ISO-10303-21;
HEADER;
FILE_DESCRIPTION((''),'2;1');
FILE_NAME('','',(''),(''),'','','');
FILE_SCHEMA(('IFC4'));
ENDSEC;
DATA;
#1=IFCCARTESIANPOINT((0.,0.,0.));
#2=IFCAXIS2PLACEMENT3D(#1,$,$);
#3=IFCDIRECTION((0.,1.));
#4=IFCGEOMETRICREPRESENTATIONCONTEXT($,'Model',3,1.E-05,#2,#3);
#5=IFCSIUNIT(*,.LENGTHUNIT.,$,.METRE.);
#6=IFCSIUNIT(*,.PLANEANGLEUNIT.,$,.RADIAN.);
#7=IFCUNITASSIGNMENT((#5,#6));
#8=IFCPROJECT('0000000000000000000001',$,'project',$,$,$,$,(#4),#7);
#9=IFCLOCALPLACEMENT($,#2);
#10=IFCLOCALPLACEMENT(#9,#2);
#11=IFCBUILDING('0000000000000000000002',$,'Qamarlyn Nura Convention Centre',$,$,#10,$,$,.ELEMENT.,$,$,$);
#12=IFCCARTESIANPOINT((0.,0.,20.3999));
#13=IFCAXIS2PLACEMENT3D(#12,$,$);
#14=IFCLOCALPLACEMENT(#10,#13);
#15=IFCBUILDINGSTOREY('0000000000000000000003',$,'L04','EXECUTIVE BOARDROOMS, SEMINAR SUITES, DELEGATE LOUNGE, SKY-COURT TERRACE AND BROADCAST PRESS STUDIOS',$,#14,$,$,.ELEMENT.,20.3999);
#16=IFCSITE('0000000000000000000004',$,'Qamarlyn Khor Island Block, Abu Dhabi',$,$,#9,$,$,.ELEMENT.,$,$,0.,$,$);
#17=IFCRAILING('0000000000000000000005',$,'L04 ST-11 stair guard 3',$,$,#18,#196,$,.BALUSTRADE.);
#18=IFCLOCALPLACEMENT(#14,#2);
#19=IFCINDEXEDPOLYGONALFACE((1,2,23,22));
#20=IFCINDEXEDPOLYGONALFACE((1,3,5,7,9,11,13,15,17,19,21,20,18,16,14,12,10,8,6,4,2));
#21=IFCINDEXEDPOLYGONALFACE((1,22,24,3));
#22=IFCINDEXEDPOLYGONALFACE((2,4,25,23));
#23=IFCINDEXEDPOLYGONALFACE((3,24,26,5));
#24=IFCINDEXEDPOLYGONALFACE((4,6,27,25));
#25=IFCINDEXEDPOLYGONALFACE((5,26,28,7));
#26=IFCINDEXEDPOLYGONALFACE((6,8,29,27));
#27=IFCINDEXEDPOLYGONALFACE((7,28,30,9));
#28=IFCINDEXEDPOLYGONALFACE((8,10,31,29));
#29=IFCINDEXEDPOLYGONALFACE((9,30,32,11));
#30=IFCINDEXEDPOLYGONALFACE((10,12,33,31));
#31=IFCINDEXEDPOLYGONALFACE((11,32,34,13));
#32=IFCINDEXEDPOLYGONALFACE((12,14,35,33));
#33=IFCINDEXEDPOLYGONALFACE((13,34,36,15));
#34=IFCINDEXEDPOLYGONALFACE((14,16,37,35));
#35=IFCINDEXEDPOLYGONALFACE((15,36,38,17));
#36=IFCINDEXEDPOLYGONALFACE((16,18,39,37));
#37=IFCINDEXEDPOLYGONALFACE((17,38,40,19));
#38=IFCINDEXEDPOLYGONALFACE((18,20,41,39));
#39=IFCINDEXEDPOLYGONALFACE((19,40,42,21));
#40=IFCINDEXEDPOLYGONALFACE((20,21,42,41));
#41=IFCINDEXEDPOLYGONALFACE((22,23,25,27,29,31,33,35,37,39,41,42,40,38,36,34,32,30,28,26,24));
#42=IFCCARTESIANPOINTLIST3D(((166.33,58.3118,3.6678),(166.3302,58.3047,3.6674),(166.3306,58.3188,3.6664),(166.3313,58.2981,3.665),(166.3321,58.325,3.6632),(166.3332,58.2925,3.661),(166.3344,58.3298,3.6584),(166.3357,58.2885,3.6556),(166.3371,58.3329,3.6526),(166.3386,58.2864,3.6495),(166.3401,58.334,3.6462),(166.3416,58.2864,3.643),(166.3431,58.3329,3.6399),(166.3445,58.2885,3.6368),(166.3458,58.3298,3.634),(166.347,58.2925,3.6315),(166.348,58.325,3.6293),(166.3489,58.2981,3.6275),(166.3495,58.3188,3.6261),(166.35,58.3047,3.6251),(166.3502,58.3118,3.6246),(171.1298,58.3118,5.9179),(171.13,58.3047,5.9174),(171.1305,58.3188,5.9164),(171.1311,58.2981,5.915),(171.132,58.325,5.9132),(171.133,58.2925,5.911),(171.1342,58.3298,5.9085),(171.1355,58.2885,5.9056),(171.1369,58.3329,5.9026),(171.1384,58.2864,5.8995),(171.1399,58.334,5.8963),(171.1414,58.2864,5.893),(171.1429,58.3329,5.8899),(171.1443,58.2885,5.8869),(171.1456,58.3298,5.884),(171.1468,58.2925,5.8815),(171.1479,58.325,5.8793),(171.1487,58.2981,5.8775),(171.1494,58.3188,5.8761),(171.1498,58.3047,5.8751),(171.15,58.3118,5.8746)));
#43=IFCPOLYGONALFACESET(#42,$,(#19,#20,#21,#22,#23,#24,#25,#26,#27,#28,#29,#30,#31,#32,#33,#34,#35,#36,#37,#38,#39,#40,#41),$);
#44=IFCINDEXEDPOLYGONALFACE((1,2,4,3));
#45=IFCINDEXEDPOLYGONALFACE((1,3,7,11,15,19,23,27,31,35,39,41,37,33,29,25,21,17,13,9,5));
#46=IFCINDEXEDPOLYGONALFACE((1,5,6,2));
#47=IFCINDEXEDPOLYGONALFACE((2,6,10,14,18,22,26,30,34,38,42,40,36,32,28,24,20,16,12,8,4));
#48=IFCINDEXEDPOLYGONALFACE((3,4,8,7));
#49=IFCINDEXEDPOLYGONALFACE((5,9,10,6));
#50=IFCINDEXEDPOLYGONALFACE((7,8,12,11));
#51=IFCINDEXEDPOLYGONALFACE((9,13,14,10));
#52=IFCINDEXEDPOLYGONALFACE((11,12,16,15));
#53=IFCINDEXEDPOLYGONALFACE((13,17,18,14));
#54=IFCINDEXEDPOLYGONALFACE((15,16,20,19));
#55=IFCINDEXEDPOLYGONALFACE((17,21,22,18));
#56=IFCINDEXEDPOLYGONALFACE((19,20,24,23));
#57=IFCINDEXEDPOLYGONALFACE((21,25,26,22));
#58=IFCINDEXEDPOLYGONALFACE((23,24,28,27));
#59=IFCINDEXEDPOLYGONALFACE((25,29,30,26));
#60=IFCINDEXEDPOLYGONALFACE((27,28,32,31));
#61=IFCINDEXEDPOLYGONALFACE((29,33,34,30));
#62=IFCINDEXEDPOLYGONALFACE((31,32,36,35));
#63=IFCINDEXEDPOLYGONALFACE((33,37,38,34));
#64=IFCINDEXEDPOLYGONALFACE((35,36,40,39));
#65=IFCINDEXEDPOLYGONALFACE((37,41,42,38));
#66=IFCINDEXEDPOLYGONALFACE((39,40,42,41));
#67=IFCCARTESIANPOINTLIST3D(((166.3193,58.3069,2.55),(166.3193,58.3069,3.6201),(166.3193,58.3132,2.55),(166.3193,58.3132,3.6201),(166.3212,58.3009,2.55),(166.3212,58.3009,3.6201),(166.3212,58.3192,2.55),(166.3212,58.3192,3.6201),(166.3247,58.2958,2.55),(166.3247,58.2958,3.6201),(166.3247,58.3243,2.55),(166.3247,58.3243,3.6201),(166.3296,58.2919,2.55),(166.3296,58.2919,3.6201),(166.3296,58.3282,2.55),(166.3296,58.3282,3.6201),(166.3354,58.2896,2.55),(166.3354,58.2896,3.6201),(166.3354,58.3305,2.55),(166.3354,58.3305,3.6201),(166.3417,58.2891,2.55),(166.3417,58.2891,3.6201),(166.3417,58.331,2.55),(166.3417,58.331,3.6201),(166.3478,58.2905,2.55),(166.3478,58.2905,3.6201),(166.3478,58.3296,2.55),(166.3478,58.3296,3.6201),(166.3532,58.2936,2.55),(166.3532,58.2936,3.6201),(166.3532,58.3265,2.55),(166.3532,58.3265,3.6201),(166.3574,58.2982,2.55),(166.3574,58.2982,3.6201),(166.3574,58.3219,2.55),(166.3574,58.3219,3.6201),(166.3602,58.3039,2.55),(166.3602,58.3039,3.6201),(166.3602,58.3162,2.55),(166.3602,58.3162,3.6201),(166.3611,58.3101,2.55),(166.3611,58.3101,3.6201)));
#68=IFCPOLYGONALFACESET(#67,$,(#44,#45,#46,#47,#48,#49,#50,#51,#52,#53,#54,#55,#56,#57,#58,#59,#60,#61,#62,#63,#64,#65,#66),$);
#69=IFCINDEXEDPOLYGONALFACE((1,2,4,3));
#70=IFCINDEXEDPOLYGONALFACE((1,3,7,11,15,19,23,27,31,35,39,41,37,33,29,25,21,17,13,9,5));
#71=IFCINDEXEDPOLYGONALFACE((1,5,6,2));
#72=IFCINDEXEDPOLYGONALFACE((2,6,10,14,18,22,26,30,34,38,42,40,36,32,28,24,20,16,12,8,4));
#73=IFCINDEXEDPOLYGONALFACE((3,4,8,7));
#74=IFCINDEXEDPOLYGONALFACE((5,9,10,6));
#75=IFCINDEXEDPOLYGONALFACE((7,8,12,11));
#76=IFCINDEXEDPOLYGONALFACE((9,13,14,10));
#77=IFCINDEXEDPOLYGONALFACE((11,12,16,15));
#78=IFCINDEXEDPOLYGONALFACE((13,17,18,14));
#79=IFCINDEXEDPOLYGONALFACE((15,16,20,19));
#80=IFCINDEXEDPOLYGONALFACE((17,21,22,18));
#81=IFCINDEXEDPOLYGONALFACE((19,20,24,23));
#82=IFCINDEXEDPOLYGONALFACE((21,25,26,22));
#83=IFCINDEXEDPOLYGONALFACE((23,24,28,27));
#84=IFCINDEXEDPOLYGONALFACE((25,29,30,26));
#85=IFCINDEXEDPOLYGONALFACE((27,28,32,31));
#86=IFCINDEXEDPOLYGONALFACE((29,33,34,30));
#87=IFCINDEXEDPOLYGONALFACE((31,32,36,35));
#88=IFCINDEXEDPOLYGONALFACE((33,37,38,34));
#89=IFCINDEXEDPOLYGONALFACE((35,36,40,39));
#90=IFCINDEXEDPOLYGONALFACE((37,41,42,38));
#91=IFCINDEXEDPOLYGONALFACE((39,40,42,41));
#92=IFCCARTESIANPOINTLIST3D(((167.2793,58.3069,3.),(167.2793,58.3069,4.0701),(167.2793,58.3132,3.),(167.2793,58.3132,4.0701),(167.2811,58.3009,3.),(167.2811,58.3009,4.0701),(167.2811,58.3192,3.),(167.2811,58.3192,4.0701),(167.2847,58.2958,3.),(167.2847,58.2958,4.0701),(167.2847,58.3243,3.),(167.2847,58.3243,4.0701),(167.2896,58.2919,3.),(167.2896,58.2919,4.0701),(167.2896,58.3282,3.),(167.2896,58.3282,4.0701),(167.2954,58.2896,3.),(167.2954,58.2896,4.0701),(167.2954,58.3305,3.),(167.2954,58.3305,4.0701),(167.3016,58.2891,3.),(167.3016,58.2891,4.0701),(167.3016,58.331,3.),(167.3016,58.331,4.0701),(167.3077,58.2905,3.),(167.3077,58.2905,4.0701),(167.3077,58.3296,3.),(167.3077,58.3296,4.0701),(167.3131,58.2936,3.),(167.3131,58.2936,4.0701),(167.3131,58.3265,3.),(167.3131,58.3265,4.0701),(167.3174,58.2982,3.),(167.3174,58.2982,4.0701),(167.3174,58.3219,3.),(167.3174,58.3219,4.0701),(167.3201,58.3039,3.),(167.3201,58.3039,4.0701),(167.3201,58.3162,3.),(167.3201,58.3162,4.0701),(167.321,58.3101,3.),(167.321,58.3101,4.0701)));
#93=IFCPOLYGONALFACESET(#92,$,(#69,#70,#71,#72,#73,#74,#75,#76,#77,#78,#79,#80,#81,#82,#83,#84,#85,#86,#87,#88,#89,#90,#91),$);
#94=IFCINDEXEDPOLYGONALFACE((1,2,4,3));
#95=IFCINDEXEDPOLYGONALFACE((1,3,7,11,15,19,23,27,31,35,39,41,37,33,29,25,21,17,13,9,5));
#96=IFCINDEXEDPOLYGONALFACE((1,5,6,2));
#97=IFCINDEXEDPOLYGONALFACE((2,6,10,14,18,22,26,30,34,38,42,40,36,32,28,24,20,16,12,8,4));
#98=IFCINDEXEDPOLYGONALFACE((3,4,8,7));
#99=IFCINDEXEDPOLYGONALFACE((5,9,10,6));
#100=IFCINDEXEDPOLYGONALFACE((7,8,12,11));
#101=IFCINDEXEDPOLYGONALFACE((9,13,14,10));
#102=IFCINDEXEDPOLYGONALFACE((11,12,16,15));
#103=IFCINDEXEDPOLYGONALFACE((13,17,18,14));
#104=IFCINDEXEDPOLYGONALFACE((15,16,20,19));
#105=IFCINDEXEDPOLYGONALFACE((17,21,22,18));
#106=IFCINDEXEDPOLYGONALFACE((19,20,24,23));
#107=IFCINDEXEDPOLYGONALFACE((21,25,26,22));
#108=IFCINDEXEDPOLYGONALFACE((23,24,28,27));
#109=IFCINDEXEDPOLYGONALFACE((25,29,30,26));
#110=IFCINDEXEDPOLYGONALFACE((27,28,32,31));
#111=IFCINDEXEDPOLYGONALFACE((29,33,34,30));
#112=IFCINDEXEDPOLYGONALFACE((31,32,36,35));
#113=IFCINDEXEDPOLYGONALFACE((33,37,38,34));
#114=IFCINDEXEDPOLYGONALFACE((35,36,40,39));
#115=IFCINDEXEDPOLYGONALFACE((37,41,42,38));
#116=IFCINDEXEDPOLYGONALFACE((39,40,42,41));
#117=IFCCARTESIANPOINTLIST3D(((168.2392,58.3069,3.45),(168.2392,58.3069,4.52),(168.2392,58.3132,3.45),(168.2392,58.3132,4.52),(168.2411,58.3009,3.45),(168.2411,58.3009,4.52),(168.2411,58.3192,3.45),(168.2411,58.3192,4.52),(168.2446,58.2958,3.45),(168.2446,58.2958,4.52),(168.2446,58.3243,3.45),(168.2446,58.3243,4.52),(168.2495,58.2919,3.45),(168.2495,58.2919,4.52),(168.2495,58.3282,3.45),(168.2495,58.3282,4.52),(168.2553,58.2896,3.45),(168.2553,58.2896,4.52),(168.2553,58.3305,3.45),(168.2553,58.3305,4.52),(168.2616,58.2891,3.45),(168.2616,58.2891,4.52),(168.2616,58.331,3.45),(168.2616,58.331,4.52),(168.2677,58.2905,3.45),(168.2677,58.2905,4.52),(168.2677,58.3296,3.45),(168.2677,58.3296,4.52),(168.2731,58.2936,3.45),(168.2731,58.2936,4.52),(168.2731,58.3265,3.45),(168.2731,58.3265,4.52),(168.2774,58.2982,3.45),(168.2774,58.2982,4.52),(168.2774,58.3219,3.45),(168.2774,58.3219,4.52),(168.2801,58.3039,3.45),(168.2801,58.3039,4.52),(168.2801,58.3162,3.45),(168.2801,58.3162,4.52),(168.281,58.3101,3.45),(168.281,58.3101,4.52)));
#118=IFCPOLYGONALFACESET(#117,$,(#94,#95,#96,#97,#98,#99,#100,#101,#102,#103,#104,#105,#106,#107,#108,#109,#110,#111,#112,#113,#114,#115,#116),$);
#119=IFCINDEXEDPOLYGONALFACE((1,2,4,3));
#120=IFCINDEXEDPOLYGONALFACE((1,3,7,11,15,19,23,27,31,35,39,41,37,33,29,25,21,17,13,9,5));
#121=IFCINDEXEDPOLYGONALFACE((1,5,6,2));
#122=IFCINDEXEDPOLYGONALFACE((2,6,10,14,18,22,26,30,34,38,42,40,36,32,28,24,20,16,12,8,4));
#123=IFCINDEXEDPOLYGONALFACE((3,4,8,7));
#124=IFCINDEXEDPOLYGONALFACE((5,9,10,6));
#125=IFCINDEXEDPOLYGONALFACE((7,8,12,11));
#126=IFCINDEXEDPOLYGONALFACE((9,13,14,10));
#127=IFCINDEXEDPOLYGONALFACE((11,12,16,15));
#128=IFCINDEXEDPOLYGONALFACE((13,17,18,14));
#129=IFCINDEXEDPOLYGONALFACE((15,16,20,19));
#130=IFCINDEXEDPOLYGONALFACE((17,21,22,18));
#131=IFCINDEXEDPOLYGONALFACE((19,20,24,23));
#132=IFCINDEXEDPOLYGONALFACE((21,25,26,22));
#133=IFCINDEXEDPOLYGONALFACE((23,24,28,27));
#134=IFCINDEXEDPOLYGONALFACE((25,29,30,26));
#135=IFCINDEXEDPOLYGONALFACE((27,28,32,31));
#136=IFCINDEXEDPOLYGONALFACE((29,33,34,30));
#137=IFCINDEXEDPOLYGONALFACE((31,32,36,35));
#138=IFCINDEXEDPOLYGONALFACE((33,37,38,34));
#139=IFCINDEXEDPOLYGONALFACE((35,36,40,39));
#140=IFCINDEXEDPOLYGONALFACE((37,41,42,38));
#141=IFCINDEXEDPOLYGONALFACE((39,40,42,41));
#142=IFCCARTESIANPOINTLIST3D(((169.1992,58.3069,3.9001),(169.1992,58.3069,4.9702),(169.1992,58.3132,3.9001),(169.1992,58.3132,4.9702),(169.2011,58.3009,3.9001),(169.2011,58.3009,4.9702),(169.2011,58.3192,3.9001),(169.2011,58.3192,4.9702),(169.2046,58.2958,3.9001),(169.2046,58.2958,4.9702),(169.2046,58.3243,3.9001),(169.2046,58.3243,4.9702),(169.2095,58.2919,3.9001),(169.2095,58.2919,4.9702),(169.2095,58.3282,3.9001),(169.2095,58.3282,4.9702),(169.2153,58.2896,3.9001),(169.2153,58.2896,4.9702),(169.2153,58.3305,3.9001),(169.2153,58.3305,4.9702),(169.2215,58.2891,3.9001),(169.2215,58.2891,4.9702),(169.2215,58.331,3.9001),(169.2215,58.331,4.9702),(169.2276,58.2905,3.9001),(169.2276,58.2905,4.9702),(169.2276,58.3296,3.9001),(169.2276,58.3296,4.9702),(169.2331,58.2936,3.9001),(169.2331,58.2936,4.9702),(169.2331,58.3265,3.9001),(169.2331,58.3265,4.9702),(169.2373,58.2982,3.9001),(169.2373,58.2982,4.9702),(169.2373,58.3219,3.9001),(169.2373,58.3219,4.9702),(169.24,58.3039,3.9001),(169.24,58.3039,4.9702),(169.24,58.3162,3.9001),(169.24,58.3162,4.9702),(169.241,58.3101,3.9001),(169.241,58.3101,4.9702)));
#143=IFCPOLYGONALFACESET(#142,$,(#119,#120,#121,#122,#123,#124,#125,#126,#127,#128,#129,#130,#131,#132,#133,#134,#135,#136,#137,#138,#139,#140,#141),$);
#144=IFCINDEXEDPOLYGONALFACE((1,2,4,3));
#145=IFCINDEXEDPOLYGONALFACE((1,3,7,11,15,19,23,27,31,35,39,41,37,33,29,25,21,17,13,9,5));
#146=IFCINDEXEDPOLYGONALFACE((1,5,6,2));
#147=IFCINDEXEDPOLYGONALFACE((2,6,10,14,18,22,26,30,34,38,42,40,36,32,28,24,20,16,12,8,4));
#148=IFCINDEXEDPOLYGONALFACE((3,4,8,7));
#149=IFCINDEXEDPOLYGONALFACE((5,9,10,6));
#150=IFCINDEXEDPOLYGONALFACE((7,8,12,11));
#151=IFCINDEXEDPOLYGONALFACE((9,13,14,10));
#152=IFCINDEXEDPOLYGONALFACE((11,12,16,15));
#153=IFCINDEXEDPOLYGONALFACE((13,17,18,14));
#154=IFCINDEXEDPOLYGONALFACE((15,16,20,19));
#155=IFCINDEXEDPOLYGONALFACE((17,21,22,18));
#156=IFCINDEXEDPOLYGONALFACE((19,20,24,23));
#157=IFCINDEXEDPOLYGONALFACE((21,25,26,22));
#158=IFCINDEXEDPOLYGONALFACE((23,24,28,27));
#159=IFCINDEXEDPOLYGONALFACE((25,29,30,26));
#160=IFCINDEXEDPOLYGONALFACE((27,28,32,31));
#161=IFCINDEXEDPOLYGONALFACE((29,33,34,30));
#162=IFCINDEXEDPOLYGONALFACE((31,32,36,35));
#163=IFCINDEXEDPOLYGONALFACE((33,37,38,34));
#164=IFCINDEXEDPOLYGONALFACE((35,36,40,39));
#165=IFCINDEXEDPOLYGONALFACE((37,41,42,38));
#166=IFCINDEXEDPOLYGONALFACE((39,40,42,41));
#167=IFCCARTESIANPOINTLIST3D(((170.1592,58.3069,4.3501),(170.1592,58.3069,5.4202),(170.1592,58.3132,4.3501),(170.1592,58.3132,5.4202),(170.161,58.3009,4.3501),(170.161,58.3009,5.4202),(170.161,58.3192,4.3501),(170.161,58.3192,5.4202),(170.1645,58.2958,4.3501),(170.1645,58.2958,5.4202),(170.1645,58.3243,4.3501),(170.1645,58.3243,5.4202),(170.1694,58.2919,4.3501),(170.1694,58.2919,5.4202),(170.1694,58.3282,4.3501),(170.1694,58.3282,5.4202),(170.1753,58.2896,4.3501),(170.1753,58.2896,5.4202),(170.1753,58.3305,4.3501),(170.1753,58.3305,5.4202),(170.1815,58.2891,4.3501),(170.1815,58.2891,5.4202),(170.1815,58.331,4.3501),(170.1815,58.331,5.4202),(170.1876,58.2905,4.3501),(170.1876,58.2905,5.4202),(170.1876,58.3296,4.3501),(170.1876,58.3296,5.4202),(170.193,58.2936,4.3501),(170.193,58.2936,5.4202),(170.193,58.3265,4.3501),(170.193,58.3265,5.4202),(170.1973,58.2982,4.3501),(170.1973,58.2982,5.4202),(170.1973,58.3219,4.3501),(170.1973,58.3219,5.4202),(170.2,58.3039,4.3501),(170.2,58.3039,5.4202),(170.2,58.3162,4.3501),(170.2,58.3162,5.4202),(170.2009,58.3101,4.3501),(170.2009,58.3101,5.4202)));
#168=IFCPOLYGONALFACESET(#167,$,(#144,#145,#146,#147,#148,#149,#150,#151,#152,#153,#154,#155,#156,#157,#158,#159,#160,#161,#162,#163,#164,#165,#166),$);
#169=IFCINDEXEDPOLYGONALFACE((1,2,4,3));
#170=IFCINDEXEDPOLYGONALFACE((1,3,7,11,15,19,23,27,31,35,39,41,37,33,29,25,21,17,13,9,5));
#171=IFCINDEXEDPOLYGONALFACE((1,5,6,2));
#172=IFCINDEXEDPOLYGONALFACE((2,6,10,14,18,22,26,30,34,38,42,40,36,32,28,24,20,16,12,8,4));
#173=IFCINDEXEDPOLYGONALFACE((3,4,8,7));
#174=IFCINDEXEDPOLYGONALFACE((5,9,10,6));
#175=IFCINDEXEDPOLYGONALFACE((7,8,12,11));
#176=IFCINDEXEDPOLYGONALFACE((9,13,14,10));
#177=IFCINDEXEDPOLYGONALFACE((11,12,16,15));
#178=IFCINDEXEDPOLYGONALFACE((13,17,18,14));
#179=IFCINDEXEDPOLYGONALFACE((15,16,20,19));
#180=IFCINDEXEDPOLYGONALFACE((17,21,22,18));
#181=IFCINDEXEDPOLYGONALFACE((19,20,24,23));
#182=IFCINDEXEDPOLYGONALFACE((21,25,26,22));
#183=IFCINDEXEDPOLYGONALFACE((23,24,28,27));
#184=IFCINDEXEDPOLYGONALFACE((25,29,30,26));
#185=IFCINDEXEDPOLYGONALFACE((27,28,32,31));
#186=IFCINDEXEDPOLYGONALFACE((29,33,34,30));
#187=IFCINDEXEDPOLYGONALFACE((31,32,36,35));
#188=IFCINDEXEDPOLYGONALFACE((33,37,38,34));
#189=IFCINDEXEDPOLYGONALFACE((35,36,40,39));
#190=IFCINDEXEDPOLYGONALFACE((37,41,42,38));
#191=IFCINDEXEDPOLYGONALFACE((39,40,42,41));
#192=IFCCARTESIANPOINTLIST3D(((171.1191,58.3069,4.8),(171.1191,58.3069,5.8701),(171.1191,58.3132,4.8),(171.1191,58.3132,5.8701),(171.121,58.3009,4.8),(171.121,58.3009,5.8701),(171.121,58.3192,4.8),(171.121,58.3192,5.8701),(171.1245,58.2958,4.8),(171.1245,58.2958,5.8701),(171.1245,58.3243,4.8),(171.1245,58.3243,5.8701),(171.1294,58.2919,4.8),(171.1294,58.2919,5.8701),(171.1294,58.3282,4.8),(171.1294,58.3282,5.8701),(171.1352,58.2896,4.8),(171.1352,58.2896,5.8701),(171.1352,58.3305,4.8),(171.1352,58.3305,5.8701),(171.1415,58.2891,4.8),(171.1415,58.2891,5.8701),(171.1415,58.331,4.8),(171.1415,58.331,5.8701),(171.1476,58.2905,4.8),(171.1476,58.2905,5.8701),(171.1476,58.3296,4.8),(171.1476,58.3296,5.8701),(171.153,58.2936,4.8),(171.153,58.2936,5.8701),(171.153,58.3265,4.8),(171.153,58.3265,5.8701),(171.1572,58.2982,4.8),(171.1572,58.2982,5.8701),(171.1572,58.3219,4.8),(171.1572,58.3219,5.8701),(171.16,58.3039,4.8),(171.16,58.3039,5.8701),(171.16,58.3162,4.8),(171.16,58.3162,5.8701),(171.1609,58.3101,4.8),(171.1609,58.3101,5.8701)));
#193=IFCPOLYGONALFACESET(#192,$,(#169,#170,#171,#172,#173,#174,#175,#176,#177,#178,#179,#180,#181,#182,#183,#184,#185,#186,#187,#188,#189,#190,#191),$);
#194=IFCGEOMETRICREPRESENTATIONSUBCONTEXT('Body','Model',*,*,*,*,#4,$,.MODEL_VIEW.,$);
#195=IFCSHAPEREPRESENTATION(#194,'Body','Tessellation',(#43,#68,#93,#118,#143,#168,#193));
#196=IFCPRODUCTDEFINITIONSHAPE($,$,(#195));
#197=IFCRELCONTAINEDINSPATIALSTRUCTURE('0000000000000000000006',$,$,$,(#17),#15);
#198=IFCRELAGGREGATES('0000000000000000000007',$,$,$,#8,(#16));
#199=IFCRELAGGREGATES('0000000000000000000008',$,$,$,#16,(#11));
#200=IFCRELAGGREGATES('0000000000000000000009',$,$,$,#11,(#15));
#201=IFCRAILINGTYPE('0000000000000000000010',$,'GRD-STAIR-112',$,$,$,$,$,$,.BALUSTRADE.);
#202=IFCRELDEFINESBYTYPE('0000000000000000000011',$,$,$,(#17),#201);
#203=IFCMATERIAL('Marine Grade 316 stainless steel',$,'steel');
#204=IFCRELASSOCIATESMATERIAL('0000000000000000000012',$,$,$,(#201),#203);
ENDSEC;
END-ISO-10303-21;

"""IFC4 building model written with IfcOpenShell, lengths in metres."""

from ifc_helpers import new_model, si_unit, direction, frame, origin, origin_2d, place, context, subcontext, project, spatial, circle, extrude, material, type_object, element, save


model = new_model("IFC4")

# Units and contexts
model_context = context("Model", 3, precision=1e-05, world=origin(), true_north=direction((0.0, 1.0)))
body_context = subcontext(model_context, "Body", "Model", "MODEL_VIEW")
ifc_project = project(units=[si_unit("LENGTHUNIT", "METRE"), si_unit("PLANEANGLEUNIT", "RADIAN")], contexts=[model_context])

# Site, building, storey
site_placement = place(None, origin())
site = spatial("IfcSite", under=ifc_project, at=site_placement, Name="Qamarlyn Khor Island Block, Abu Dhabi", CompositionType="ELEMENT", RefElevation=0.0)
building_placement = place(site_placement, origin())
building = spatial("IfcBuilding", under=site, at=building_placement, Name="Qamarlyn Nura Convention Centre", CompositionType="ELEMENT")
storey_placement = place(building_placement, frame((0.0, 0.0, 20.3999)))
storey = spatial("IfcBuildingStorey", under=building, at=storey_placement, Name="L04", Description="EXECUTIVE BOARDROOMS, SEMINAR SUITES, DELEGATE LOUNGE, SKY-COURT TERRACE AND BROADCAST PRESS STUDIOS", CompositionType="ELEMENT", Elevation=20.3999)

# Railing
ifc_material_1 = material(Name="Marine Grade 316 stainless steel", Category="steel")
railing_type_1 = type_object("IfcRailingType", Name="GRD-STAIR-112", PredefinedType="BALUSTRADE", material=ifc_material_1)
railing_1_placement = place(storey_placement, frame((166.3401, 58.3101, 2.55)))
element("IfcRailing", 1, at=railing_1_placement, inside=storey, type_object=railing_type_1, Name="L04 ST-11 stair guard 3", PredefinedType="BALUSTRADE", context=body_context, shape_type="SweptSolid", body=[
    extrude(circle(Radius=0.0239, at=origin_2d()), frame((0.0, 0.0, 1.0962), z_axis=(0.905452, 0.0, 0.424448), x_axis=(0.0, 1.0, 0.0)), (0.0, 0.0, 1.0), 5.301),
    extrude(circle(Radius=0.021, at=origin_2d()), origin(), (0.0, 0.0, 1.0), 1.0701),
    extrude(circle(Radius=0.021, at=origin_2d()), frame((0.96, 0.0, 0.45)), (0.0, 0.0, 1.0), 1.0701),
    extrude(circle(Radius=0.021, at=origin_2d()), frame((1.9199, 0.0, 0.8999)), (0.0, 0.0, 1.0), 1.0701),
    extrude(circle(Radius=0.021, at=origin_2d()), frame((2.8799, 0.0, 1.3501)), (0.0, 0.0, 1.0), 1.0701),
    extrude(circle(Radius=0.021, at=origin_2d()), frame((3.8398, 0.0, 1.8)), (0.0, 0.0, 1.0), 1.0701),
    extrude(circle(Radius=0.021, at=origin_2d()), frame((4.7998, 0.0, 2.25)), (0.0, 0.0, 1.0), 1.0701),
])

save(model, "model.ifc")
